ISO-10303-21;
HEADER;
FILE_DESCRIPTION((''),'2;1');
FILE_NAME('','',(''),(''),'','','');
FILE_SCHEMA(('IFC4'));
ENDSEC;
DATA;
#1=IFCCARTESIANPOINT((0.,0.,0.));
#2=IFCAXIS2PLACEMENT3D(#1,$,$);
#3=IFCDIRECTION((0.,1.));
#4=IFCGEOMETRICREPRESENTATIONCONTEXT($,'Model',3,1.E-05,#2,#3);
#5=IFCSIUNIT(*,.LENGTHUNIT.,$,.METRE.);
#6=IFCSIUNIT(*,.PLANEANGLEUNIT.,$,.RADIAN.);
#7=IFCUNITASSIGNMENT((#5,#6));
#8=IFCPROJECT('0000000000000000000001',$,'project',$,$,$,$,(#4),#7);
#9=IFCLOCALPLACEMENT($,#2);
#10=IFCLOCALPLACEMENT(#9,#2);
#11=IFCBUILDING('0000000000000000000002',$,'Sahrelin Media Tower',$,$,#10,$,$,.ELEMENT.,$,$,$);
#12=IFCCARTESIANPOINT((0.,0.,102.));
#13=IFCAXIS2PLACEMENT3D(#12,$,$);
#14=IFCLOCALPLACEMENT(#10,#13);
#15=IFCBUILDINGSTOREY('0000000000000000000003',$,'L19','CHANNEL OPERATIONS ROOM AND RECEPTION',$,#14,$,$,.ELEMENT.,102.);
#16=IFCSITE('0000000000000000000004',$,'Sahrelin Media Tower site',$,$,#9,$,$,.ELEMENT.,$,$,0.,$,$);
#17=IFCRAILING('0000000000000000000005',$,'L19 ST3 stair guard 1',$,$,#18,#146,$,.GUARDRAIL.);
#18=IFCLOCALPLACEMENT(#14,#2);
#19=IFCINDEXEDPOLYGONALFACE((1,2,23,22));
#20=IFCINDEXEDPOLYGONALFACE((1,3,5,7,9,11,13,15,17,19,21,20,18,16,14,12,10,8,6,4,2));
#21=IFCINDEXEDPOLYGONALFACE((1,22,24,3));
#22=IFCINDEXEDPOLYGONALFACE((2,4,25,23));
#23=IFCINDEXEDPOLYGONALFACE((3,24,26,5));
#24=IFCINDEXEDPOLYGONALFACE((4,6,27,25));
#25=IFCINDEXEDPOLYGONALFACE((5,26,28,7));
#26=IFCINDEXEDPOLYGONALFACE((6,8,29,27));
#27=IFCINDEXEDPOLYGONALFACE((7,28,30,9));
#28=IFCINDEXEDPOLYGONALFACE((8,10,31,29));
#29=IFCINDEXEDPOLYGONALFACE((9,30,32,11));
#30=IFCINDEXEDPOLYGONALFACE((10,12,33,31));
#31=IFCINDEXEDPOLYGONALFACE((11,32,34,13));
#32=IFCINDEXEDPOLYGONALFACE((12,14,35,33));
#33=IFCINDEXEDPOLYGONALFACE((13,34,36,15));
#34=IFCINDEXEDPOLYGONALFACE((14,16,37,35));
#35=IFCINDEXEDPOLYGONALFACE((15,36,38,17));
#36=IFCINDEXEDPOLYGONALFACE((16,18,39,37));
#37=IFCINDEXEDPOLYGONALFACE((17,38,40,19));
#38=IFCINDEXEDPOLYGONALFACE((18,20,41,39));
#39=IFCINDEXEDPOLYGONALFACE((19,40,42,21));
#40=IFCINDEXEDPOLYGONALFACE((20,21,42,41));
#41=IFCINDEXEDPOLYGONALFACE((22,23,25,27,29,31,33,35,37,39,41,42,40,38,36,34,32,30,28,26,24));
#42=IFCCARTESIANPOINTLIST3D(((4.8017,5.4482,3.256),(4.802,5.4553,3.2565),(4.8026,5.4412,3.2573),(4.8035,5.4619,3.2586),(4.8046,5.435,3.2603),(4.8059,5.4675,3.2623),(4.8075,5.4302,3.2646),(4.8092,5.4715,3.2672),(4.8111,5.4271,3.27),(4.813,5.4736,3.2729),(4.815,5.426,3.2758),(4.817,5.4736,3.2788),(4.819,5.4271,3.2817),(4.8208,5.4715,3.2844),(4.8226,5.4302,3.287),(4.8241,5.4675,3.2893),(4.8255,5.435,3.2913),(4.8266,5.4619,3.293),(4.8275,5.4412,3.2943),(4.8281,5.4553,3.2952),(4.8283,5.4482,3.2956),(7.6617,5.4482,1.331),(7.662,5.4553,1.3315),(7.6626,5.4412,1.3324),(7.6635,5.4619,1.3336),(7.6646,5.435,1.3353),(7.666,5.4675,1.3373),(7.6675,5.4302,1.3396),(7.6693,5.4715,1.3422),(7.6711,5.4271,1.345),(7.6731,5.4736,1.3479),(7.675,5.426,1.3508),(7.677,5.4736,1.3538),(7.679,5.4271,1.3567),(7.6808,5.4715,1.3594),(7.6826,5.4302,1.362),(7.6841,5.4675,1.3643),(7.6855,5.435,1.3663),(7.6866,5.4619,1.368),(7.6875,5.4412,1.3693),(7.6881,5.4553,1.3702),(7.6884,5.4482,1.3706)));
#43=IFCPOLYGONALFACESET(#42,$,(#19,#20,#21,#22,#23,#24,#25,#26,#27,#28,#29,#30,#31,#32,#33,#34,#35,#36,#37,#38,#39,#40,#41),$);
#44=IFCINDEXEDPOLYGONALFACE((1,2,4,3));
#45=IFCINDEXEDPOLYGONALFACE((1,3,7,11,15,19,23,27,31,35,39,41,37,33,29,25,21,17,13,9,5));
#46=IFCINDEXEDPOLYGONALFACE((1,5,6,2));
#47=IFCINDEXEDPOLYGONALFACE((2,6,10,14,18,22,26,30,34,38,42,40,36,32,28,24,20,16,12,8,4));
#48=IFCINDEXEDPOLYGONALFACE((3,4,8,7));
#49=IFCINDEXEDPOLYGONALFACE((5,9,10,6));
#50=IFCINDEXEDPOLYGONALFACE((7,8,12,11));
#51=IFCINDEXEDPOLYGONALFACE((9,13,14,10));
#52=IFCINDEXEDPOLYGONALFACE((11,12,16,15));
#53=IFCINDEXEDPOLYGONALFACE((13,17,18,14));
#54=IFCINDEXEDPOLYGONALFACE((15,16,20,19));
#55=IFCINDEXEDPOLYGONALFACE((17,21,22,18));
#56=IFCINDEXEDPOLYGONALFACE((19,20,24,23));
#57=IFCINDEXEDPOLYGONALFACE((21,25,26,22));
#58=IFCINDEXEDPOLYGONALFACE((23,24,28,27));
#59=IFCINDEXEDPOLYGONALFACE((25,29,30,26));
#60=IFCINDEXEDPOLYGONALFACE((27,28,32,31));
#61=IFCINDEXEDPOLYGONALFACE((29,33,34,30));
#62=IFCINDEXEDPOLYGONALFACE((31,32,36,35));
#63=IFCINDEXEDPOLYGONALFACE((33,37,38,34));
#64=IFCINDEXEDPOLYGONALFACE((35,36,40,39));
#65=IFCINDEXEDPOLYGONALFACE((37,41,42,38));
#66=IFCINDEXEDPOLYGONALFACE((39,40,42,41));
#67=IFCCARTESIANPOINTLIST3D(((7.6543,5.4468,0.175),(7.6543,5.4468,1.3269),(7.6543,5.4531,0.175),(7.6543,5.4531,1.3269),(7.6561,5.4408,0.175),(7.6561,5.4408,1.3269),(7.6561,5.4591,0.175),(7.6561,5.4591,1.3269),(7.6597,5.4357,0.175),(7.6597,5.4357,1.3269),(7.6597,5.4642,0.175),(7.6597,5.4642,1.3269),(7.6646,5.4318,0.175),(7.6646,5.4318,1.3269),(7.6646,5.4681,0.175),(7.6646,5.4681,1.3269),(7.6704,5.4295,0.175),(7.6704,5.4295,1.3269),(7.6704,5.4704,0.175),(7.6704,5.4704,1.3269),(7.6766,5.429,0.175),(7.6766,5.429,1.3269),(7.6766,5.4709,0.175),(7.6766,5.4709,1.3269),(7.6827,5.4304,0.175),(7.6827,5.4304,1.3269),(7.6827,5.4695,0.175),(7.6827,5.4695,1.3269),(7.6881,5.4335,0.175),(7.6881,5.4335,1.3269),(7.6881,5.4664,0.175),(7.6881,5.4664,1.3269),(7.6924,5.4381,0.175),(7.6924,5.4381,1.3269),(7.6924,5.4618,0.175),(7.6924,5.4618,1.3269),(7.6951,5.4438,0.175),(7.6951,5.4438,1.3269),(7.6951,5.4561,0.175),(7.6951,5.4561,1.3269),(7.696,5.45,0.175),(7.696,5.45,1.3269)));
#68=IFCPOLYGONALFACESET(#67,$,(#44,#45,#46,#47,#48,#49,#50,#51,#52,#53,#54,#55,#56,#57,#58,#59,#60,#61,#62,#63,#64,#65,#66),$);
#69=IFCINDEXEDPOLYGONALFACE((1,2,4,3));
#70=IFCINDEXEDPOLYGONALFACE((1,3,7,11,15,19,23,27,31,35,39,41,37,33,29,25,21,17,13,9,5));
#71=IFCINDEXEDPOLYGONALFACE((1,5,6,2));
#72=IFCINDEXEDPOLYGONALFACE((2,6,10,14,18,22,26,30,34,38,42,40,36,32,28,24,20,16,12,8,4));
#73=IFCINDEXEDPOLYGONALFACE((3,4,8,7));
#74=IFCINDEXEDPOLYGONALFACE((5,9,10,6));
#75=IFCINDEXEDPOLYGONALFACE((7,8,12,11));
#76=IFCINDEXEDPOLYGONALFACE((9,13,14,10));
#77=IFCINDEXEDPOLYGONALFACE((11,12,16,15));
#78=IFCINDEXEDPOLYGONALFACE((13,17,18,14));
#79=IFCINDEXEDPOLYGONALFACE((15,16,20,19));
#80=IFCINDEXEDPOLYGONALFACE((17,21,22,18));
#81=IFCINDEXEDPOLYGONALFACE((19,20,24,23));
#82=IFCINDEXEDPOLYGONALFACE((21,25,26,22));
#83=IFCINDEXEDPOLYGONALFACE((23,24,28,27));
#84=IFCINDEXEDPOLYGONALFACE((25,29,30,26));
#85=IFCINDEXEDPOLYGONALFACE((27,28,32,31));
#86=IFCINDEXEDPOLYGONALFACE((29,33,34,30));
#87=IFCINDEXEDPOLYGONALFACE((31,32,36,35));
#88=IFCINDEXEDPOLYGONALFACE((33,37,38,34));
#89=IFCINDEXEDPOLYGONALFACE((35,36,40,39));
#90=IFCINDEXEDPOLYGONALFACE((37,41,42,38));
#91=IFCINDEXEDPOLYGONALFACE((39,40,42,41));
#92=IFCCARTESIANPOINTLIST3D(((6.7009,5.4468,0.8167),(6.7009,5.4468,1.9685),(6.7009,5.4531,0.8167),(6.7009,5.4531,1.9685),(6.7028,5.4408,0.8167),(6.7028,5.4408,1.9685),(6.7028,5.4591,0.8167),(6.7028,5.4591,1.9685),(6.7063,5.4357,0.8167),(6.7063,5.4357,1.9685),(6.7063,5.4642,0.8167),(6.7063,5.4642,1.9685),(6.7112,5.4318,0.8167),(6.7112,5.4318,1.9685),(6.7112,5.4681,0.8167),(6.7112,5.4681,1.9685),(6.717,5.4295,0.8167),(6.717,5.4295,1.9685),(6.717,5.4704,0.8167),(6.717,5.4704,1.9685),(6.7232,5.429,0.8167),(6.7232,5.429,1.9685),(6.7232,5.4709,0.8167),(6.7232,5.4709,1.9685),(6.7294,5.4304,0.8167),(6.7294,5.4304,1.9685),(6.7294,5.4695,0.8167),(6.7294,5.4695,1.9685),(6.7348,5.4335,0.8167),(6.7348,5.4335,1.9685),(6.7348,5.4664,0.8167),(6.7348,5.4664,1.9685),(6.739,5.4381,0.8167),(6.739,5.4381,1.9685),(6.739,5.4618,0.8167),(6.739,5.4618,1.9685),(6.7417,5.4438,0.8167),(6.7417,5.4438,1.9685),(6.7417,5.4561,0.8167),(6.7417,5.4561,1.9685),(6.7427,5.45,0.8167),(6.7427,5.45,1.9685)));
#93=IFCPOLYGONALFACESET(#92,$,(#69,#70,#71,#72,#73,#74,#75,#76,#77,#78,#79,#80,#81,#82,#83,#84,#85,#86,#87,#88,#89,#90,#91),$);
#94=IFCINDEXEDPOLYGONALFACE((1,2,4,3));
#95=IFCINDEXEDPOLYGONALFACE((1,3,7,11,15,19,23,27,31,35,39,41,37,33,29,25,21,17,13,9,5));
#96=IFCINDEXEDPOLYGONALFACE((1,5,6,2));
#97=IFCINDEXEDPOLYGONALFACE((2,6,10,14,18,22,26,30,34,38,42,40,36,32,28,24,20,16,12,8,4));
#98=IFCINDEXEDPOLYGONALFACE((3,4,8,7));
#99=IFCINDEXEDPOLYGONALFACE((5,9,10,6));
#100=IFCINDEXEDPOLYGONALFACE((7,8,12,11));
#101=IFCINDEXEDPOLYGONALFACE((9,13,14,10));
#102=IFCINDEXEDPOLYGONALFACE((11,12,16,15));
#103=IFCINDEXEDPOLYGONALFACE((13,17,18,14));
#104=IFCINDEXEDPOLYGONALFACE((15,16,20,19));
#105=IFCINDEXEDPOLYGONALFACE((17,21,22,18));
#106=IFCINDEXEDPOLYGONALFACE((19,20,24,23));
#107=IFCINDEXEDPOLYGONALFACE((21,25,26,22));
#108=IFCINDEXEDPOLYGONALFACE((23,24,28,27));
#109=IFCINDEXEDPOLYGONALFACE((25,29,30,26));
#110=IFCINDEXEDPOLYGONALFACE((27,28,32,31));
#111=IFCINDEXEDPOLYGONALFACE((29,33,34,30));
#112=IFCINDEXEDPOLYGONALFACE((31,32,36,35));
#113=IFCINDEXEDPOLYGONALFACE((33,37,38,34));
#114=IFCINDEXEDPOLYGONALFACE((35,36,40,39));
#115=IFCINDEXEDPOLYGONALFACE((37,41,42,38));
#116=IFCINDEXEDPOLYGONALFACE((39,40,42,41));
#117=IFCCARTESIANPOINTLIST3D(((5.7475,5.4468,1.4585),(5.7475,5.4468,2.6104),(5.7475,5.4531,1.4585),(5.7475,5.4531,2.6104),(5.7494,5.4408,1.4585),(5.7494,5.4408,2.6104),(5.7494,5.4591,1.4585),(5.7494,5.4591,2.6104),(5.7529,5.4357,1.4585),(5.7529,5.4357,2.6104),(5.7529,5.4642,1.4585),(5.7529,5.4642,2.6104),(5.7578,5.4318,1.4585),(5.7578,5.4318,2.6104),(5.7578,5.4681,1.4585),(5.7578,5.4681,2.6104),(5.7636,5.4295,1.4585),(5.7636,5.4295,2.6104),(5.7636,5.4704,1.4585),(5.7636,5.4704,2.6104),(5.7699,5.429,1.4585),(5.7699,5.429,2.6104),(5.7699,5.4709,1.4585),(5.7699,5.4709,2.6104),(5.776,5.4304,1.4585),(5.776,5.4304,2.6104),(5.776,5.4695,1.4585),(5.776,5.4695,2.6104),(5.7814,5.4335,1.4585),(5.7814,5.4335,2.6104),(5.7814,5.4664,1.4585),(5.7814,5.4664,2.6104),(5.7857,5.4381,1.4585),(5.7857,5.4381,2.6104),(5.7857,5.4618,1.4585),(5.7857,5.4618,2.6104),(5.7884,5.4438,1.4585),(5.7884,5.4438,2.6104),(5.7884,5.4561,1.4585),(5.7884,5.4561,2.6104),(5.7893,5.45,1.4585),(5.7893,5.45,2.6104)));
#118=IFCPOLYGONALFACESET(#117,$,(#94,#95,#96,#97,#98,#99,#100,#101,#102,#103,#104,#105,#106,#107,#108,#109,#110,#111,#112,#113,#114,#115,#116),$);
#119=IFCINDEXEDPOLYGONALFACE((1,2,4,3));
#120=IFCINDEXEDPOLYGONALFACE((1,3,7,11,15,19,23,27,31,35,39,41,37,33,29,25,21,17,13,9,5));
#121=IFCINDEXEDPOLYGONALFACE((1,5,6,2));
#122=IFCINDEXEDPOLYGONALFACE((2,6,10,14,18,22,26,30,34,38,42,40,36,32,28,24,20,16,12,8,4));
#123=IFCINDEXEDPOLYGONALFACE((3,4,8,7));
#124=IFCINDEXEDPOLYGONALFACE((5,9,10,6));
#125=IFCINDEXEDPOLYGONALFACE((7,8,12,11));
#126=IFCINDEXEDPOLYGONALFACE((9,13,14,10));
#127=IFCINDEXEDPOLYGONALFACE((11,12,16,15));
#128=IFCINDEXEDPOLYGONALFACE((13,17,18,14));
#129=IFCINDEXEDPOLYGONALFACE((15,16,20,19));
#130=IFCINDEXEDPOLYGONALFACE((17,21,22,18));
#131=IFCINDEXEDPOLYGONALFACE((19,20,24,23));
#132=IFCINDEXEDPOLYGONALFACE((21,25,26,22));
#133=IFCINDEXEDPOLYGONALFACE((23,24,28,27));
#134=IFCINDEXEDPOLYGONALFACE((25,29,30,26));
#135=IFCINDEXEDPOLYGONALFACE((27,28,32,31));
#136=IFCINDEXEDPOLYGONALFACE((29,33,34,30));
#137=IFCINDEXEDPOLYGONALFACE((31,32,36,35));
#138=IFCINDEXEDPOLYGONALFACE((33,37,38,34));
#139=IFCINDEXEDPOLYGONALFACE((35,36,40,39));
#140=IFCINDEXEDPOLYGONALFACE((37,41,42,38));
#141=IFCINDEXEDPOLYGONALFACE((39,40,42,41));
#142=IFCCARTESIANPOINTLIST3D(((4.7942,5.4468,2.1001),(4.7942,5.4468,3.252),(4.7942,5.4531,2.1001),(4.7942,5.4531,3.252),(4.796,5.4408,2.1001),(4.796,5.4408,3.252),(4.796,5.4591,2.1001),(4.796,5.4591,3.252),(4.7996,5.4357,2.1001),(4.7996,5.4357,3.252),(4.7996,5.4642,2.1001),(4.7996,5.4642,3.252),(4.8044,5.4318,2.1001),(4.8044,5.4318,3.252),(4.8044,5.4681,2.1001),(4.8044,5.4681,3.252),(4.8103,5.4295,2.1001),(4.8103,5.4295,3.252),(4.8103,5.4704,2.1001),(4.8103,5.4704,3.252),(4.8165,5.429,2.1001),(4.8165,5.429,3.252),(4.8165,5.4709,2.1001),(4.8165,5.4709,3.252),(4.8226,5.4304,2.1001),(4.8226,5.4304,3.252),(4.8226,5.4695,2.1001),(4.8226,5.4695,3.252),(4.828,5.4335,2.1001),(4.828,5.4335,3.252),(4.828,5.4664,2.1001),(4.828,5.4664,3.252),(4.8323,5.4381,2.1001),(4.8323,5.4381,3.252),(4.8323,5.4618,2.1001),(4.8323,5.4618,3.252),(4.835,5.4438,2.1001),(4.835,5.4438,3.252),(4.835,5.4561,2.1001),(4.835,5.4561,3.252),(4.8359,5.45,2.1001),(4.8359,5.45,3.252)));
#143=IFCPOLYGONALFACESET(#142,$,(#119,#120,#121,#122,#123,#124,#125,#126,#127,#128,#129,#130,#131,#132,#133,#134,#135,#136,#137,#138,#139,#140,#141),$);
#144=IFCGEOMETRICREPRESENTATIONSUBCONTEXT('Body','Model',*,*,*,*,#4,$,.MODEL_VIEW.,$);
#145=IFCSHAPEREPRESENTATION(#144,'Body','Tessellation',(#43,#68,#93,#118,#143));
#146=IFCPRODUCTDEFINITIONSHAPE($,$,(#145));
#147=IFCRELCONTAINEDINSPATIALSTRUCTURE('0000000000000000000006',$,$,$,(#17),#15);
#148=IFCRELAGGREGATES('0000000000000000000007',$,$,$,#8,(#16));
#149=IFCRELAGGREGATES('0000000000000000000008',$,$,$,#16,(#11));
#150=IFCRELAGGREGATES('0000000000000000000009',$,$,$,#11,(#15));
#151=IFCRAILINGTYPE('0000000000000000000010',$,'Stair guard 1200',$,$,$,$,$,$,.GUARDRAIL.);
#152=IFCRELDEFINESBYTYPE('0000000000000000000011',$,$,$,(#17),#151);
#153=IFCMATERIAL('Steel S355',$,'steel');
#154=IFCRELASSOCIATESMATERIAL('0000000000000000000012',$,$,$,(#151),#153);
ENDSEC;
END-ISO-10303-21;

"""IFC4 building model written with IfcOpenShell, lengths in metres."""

from ifc_helpers import new_model, si_unit, direction, frame, origin, origin_2d, place, context, subcontext, project, spatial, circle, extrude, material, type_object, element, save


model = new_model("IFC4")

# Units and contexts
model_context = context("Model", 3, precision=1e-05, world=origin(), true_north=direction((0.0, 1.0)))
body_context = subcontext(model_context, "Body", "Model", "MODEL_VIEW")
ifc_project = project(units=[si_unit("LENGTHUNIT", "METRE"), si_unit("PLANEANGLEUNIT", "RADIAN")], contexts=[model_context])

# Site, building, storey
site_placement = place(None, origin())
site = spatial("IfcSite", under=ifc_project, at=site_placement, Name="Sahrelin Media Tower site", CompositionType="ELEMENT", RefElevation=0.0)
building_placement = place(site_placement, origin())
building = spatial("IfcBuilding", under=site, at=building_placement, Name="Sahrelin Media Tower", CompositionType="ELEMENT")
storey_placement = place(building_placement, frame((0.0, 0.0, 102.0)))
storey = spatial("IfcBuildingStorey", under=building, at=storey_placement, Name="L19", Description="CHANNEL OPERATIONS ROOM AND RECEPTION", CompositionType="ELEMENT", Elevation=102.0)

# Shared definitions
ifc_material_1 = material(Name="Steel S355", Category="steel")

# Railing
railing_type_1 = type_object("IfcRailingType", Name="Stair guard 1200", PredefinedType="GUARDRAIL", material=ifc_material_1)
railing_1_placement = place(storey_placement, frame((7.675, 5.45, 0.175)))
element("IfcRailing", 1, at=railing_1_placement, inside=storey, type_object=railing_type_1, Name="L19 ST3 stair guard 1", PredefinedType="GUARDRAIL", context=body_context, shape_type="SweptSolid", body=[
    extrude(circle(Radius=0.0239, at=origin_2d()), frame((0.0, 0.0, 1.1758), z_axis=(-0.829591, 0.0, 0.558372), x_axis=(0.0, -1.0, 0.0)), (0.0, 0.0, 1.0), 3.4475),
    extrude(circle(Radius=0.021, at=origin_2d()), origin(), (0.0, 0.0, 1.0), 1.1519),
    extrude(circle(Radius=0.021, at=origin_2d()), frame((-0.9534, 0.0, 0.6416)), (0.0, 0.0, 1.0), 1.1519),
    extrude(circle(Radius=0.021, at=origin_2d()), frame((-1.9067, 0.0, 1.2834)), (0.0, 0.0, 1.0), 1.1519),
    extrude(circle(Radius=0.021, at=origin_2d()), frame((-2.8601, 0.0, 1.925)), (0.0, 0.0, 1.0), 1.1519),
])

save(model, "model.ifc")
